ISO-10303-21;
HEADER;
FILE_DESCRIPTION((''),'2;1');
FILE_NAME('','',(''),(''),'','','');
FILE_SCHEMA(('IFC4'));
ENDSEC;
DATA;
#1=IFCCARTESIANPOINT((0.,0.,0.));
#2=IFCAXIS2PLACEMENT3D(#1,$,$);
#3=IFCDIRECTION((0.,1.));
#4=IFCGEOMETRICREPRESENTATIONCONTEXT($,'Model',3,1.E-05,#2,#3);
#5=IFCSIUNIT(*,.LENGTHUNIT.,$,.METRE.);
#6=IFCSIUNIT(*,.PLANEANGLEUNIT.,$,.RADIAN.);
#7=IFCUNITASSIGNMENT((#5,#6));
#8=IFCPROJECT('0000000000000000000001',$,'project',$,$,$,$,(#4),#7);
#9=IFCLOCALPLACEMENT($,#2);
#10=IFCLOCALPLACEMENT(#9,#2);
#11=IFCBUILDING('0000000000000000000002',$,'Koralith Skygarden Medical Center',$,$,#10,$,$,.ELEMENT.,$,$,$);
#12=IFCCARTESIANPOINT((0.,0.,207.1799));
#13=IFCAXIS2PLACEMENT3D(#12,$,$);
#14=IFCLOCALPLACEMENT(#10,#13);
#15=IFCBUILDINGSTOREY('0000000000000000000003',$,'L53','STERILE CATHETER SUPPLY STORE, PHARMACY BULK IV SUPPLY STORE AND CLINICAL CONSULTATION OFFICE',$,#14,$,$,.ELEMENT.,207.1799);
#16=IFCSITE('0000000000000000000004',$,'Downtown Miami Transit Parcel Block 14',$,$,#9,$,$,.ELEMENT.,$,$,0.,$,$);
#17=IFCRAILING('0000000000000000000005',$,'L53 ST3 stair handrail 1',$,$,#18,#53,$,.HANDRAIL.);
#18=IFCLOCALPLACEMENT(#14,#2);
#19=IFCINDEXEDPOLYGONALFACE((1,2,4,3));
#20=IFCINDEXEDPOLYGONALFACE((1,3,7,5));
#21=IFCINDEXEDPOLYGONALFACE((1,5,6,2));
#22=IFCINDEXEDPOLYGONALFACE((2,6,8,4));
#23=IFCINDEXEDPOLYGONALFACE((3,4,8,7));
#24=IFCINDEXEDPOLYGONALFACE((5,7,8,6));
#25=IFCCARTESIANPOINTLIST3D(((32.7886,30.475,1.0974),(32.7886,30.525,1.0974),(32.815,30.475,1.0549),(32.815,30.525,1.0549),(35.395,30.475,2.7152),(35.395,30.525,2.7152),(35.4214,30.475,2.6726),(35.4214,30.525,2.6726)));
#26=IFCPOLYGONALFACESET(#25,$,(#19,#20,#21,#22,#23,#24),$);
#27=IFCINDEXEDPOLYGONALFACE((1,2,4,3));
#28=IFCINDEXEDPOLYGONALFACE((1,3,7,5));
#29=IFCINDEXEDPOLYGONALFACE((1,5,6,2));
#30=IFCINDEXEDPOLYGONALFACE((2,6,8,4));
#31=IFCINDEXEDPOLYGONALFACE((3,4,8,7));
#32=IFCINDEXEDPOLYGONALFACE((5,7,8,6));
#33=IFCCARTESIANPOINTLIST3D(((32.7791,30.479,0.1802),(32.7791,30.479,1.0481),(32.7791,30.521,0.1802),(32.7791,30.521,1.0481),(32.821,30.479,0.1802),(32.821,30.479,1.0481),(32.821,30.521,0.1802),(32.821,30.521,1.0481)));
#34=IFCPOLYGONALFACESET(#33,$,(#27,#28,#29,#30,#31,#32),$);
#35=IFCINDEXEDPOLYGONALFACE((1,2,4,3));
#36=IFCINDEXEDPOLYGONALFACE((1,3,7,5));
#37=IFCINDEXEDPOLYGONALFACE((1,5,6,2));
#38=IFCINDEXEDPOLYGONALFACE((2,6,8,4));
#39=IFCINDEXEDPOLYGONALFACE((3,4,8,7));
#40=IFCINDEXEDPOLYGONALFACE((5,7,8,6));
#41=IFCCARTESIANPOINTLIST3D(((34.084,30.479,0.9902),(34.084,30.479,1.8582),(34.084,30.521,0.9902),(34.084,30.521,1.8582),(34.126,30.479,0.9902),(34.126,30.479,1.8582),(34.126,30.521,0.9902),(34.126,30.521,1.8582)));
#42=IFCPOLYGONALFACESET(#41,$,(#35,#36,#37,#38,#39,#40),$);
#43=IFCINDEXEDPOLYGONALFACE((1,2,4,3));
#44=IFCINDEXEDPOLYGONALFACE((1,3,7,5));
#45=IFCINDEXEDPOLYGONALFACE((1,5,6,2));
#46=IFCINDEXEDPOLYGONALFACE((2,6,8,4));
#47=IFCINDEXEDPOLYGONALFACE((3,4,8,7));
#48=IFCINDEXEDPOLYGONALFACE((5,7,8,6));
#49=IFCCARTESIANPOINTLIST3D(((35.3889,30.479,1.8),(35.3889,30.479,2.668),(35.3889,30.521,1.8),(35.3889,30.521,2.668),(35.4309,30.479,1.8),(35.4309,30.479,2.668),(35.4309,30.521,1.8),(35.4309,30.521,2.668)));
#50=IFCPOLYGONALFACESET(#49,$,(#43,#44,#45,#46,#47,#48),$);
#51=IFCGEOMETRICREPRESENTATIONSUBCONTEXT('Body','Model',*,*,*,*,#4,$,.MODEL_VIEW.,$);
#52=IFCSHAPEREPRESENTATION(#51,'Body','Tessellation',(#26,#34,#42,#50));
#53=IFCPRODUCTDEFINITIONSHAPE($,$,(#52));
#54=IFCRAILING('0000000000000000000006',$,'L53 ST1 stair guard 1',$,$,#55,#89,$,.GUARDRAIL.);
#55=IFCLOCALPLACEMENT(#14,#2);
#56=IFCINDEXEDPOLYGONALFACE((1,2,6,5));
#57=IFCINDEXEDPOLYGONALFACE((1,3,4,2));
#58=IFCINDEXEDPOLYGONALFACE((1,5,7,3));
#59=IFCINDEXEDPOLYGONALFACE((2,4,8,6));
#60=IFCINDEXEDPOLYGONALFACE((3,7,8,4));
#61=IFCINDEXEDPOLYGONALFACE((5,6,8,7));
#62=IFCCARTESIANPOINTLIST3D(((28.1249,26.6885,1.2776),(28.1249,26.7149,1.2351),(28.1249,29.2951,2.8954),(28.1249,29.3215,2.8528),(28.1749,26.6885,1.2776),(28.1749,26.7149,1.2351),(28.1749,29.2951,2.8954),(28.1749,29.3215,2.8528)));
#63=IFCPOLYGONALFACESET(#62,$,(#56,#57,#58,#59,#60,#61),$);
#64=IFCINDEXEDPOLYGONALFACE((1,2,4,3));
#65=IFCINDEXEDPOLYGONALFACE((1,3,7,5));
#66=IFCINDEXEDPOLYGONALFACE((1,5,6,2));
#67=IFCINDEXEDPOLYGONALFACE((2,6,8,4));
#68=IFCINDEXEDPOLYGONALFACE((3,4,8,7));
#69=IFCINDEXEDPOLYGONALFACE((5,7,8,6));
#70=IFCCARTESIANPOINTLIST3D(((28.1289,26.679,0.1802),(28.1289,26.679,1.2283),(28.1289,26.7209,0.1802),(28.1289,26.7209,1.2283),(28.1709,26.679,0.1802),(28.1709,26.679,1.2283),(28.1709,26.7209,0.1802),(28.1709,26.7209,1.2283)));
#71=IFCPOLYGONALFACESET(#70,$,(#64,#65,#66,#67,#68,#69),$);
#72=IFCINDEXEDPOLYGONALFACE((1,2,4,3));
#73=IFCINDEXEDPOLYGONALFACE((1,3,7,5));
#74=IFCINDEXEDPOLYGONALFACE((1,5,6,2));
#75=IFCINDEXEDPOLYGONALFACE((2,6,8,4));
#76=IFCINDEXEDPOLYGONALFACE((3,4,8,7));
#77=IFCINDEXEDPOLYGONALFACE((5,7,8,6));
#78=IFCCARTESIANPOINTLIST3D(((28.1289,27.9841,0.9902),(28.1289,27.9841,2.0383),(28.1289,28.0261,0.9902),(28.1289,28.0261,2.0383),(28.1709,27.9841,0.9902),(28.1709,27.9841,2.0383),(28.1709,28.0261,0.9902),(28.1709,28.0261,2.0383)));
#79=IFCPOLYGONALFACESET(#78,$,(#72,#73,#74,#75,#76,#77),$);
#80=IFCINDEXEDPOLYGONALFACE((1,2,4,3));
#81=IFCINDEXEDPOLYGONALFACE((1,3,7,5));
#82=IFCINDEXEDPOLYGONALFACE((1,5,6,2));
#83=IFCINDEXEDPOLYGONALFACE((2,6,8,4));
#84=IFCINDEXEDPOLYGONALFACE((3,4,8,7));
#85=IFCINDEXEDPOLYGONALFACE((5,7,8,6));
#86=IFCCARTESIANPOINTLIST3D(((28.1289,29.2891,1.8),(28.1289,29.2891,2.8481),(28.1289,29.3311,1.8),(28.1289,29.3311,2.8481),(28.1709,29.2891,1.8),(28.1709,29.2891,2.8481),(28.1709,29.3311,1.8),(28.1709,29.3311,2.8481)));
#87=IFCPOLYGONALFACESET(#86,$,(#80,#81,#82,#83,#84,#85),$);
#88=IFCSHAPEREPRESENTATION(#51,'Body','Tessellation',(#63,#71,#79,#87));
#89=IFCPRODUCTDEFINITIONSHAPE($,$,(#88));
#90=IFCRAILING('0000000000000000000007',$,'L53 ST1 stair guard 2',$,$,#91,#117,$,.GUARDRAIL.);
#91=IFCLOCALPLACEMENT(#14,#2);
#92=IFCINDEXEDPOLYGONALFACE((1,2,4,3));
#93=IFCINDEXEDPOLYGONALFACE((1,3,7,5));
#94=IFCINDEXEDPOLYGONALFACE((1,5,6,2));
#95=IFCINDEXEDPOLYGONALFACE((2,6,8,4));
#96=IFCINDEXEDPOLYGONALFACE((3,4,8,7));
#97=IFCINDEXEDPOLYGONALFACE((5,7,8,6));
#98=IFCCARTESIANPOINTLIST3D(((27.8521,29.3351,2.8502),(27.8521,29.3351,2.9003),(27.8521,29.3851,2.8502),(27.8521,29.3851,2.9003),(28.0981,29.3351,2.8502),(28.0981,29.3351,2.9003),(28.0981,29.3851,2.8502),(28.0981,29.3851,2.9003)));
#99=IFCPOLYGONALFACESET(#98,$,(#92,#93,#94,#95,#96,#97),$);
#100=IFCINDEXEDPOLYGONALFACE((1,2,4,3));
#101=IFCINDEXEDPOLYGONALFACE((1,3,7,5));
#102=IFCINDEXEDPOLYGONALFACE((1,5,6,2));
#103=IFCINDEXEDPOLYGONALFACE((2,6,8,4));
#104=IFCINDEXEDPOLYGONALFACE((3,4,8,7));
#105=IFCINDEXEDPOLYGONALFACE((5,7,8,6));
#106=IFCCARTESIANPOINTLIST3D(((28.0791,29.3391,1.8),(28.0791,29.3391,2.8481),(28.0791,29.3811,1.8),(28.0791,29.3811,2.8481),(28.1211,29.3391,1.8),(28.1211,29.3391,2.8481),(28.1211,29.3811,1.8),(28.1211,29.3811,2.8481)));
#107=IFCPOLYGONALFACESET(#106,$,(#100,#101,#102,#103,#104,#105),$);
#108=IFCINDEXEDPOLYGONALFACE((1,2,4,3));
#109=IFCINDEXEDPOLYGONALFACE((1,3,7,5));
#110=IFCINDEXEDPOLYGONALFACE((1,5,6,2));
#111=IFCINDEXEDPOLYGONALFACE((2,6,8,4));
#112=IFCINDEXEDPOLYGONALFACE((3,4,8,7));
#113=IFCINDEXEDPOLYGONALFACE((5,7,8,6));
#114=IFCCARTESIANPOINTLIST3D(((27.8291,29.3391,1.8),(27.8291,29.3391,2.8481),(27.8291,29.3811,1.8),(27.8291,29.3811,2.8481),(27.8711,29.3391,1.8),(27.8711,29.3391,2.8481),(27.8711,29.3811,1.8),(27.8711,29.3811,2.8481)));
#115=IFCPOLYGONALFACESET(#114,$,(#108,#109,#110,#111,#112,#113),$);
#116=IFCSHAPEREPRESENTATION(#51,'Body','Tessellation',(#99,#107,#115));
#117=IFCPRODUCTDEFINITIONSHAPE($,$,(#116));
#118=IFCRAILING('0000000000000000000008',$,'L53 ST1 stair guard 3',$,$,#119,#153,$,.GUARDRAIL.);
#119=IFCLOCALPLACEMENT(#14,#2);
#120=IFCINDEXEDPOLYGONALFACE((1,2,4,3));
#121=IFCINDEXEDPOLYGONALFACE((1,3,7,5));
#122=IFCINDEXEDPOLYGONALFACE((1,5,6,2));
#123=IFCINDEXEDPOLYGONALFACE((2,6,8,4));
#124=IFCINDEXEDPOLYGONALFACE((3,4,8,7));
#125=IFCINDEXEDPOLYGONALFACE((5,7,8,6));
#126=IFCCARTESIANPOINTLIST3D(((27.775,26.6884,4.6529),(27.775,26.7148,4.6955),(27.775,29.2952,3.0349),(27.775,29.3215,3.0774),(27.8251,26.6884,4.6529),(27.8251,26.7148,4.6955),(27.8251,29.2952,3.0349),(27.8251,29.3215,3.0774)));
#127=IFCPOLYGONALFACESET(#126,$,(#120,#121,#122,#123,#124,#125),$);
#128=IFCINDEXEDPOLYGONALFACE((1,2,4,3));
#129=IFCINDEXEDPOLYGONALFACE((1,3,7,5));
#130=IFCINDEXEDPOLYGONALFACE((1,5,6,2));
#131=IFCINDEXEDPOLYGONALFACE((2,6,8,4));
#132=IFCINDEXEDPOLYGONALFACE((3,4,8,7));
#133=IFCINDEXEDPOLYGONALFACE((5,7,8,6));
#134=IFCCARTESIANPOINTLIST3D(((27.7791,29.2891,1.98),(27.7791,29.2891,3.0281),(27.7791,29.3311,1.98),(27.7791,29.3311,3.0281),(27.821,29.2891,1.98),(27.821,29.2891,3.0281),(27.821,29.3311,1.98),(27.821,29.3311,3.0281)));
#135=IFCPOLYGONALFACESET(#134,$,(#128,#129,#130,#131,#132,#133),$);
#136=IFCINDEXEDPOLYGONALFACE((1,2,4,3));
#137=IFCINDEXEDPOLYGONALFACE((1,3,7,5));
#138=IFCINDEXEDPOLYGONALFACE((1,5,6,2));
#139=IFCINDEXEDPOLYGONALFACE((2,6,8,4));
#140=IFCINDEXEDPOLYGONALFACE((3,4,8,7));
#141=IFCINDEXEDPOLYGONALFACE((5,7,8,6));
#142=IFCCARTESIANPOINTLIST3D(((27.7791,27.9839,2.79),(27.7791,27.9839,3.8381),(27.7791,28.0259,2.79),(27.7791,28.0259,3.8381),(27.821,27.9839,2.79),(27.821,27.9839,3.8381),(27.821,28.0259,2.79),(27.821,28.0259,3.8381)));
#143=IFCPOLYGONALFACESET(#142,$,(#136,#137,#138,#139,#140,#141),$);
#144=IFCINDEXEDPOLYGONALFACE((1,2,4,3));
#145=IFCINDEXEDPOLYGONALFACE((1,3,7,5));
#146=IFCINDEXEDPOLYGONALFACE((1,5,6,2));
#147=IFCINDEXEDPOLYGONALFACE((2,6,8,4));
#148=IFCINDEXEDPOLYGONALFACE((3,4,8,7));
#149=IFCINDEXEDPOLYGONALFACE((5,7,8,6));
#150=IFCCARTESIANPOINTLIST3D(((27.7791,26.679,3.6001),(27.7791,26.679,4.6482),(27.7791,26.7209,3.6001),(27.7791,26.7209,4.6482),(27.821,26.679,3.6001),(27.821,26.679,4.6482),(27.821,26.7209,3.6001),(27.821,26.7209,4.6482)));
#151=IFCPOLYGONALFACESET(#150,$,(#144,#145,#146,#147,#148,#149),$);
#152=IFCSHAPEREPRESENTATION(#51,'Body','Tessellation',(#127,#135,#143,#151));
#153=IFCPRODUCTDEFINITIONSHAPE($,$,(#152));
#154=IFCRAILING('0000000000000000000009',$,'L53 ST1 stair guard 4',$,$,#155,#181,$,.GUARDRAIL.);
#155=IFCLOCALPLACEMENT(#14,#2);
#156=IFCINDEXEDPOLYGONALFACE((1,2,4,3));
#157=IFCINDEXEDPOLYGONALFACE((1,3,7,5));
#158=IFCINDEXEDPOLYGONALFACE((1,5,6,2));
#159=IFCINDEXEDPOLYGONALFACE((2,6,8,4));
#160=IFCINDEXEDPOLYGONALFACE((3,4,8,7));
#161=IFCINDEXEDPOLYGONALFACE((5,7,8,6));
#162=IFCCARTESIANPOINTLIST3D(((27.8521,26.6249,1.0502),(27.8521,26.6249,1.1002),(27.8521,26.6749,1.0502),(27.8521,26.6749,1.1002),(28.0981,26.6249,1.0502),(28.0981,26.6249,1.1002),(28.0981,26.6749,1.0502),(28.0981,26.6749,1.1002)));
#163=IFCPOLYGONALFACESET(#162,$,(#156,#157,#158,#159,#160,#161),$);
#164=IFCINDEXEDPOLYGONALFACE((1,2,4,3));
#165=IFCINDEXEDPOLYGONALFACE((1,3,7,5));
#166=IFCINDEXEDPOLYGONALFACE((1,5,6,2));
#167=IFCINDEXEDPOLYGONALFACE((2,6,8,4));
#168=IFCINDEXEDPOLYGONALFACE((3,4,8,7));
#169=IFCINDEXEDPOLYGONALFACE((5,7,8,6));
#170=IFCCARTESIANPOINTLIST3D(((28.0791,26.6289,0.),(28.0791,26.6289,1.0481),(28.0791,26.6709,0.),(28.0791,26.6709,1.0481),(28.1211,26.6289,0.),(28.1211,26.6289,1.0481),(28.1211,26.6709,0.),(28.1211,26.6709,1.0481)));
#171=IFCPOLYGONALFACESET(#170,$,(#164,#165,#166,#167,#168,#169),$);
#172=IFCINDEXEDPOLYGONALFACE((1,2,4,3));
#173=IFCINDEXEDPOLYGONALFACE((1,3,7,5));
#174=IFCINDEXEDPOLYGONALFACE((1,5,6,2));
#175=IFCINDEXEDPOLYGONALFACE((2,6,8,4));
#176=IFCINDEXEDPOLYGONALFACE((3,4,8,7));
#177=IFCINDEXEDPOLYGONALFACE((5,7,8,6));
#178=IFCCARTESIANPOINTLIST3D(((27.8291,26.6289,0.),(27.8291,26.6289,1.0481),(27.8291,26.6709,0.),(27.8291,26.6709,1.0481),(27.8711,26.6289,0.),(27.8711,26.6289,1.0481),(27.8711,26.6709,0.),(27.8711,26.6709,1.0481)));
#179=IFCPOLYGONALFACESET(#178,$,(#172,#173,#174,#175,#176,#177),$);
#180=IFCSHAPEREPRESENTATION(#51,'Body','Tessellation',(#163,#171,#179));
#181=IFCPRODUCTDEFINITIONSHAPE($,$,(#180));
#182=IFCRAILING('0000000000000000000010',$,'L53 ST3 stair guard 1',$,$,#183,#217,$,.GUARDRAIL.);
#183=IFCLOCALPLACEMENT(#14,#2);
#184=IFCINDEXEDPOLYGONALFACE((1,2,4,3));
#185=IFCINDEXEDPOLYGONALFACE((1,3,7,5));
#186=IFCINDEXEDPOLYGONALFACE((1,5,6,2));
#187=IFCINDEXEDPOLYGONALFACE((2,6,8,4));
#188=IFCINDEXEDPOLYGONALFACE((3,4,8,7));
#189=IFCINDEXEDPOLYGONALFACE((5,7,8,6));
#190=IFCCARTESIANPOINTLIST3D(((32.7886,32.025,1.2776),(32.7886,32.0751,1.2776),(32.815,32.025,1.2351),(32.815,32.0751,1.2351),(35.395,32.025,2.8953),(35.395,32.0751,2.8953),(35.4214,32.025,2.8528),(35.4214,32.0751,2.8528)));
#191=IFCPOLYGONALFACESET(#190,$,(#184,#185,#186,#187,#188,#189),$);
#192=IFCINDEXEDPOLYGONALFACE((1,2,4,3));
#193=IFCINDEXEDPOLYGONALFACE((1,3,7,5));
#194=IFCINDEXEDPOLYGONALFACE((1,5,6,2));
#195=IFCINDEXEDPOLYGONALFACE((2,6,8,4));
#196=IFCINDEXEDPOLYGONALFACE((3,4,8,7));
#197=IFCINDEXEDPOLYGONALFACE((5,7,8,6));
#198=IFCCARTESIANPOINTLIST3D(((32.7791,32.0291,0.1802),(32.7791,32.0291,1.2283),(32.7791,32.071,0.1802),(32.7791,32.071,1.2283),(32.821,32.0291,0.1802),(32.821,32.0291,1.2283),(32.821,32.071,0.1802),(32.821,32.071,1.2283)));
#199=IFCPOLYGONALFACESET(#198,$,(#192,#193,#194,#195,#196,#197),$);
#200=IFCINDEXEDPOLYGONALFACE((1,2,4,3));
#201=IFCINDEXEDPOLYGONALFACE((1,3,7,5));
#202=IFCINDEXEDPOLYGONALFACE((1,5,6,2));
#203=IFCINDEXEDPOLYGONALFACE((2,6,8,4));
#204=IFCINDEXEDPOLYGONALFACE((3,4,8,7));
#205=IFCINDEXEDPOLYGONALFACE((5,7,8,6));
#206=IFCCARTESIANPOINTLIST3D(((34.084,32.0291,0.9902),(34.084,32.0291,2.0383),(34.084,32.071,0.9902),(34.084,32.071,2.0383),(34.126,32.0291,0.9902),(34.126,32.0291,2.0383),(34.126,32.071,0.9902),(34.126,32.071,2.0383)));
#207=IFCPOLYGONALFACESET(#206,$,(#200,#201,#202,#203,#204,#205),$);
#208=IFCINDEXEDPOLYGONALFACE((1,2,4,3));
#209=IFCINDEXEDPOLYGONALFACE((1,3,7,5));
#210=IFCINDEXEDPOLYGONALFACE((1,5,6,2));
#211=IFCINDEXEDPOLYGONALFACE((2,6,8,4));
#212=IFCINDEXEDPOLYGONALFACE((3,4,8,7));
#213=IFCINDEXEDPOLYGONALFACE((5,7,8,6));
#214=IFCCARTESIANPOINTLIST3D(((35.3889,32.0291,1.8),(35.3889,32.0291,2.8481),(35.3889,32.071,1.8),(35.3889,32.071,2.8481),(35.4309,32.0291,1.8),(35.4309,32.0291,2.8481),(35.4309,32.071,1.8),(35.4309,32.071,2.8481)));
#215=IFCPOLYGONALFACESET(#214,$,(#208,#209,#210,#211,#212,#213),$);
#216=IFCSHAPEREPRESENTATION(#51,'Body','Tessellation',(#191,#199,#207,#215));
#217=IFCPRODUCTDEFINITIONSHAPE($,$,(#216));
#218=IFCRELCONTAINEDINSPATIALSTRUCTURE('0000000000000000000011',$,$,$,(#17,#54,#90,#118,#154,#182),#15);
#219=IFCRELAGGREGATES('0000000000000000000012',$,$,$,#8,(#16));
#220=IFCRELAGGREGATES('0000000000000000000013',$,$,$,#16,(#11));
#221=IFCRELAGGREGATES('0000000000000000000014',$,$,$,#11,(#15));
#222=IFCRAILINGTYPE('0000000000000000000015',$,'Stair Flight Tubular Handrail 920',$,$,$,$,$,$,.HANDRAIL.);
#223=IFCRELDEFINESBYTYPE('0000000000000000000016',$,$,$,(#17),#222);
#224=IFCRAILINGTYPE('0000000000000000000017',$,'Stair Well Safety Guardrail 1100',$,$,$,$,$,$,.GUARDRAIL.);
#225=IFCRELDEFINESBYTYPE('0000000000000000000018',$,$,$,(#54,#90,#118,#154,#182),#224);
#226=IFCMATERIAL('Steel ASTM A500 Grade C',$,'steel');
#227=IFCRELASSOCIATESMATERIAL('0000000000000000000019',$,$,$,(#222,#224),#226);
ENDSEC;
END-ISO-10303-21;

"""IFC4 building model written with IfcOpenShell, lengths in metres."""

from ifc_helpers import new_model, si_unit, direction, frame, origin, origin_2d, place, context, subcontext, project, spatial, rectangle, extrude, material, type_object, element, save


model = new_model("IFC4")

# Units and contexts
model_context = context("Model", 3, precision=1e-05, world=origin(), true_north=direction((0.0, 1.0)))
body_context = subcontext(model_context, "Body", "Model", "MODEL_VIEW")
ifc_project = project(units=[si_unit("LENGTHUNIT", "METRE"), si_unit("PLANEANGLEUNIT", "RADIAN")], contexts=[model_context])

# Site, building, storey
site_placement = place(None, origin())
site = spatial("IfcSite", under=ifc_project, at=site_placement, Name="Downtown Miami Transit Parcel Block 14", CompositionType="ELEMENT", RefElevation=0.0)
building_placement = place(site_placement, origin())
building = spatial("IfcBuilding", under=site, at=building_placement, Name="Koralith Skygarden Medical Center", CompositionType="ELEMENT")
storey_placement = place(building_placement, frame((0.0, 0.0, 207.1799)))
storey = spatial("IfcBuildingStorey", under=building, at=storey_placement, Name="L53", Description="STERILE CATHETER SUPPLY STORE, PHARMACY BULK IV SUPPLY STORE AND CLINICAL CONSULTATION OFFICE", CompositionType="ELEMENT", Elevation=207.1799)

# Railings
ifc_material_1 = material(Name="Steel ASTM A500 Grade C", Category="steel")
railing_type_1 = type_object("IfcRailingType", Name="Stair Flight Tubular Handrail 920", PredefinedType="HANDRAIL", material=ifc_material_1)
railing_1_placement = place(storey_placement, frame((32.8, 30.5, 0.1802)))
element("IfcRailing", 1, at=railing_1_placement, inside=storey, type_object=railing_type_1, Name="L53 ST3 stair handrail 1", PredefinedType="HANDRAIL", context=body_context, shape_type="SweptSolid", body=[
    extrude(rectangle(XDim=0.05, YDim=0.05, at=origin_2d()), frame((0.0017, 0.0, 0.896), z_axis=(0.849646, 0.0, 0.527353), x_axis=(0.0, 1.0, 0.0)), (0.0, 0.0, 1.0), 3.0676),
    extrude(rectangle(XDim=0.042, YDim=0.042, at=origin_2d()), origin(), (0.0, 0.0, 1.0), 0.8679),
    extrude(rectangle(XDim=0.042, YDim=0.042, at=origin_2d()), frame((1.3049, 0.0, 0.8101)), (0.0, 0.0, 1.0), 0.8679),
    extrude(rectangle(XDim=0.042, YDim=0.042, at=origin_2d()), frame((2.6099, 0.0, 1.6199)), (0.0, 0.0, 1.0), 0.8679),
])
railing_type_2 = type_object("IfcRailingType", Name="Stair Well Safety Guardrail 1100", PredefinedType="GUARDRAIL", material=ifc_material_1)
railing_2_placement = place(storey_placement, frame((28.1499, 26.7, 0.1802)))
element("IfcRailing", 2, at=railing_2_placement, inside=storey, type_object=railing_type_2, Name="L53 ST1 stair guard 1", PredefinedType="GUARDRAIL", context=body_context, shape_type="SweptSolid", body=[
    extrude(rectangle(XDim=0.05, YDim=0.05, at=origin_2d()), frame((0.0, 0.0017, 1.0762), z_axis=(0.0, 0.849668, 0.527317), x_axis=(-1.0, 0.0, 0.0)), (0.0, 0.0, 1.0), 3.0679),
    extrude(rectangle(XDim=0.042, YDim=0.042, at=origin_2d()), origin(), (0.0, 0.0, 1.0), 1.0481),
    extrude(rectangle(XDim=0.042, YDim=0.042, at=origin_2d()), frame((0.0, 1.3052, 0.8101)), (0.0, 0.0, 1.0), 1.0481),
    extrude(rectangle(XDim=0.042, YDim=0.042, at=origin_2d()), frame((0.0, 2.6101, 1.6199)), (0.0, 0.0, 1.0), 1.0481),
])
railing_3_placement = place(storey_placement, frame((28.1001, 29.3601, 1.8)))
element("IfcRailing", 3, at=railing_3_placement, inside=storey, type_object=railing_type_2, Name="L53 ST1 stair guard 2", PredefinedType="GUARDRAIL", context=body_context, shape_type="SweptSolid", body=[
    extrude(rectangle(XDim=0.05, YDim=0.05, at=origin_2d()), frame((-0.002, 0.0, 1.0752), z_axis=(-1.0, 0.0, 0.0), x_axis=(0.0, -1.0, 0.0)), (0.0, 0.0, 1.0), 0.2461),
    extrude(rectangle(XDim=0.042, YDim=0.042, at=origin_2d()), origin(), (0.0, 0.0, 1.0), 1.0481),
    extrude(rectangle(XDim=0.042, YDim=0.042, at=origin_2d()), frame((-0.25, 0.0, 0.0)), (0.0, 0.0, 1.0), 1.0481),
])
railing_4_placement = place(storey_placement, frame((27.8, 29.3101, 1.98)))
element("IfcRailing", 4, at=railing_4_placement, inside=storey, type_object=railing_type_2, Name="L53 ST1 stair guard 3", PredefinedType="GUARDRAIL", context=body_context, shape_type="SweptSolid", body=[
    extrude(rectangle(XDim=0.05, YDim=0.05, at=origin_2d()), frame((0.0, -0.0017, 1.0762), z_axis=(0.0, -0.849633, 0.527375), x_axis=(1.0, 0.0, 0.0)), (0.0, 0.0, 1.0), 3.0681),
    extrude(rectangle(XDim=0.042, YDim=0.042, at=origin_2d()), origin(), (0.0, 0.0, 1.0), 1.0481),
    extrude(rectangle(XDim=0.042, YDim=0.042, at=origin_2d()), frame((0.0, -1.3052, 0.8101)), (0.0, 0.0, 1.0), 1.0481),
    extrude(rectangle(XDim=0.042, YDim=0.042, at=origin_2d()), frame((0.0, -2.6101, 1.6201)), (0.0, 0.0, 1.0), 1.0481),
])
railing_5_placement = place(storey_placement, frame((28.1001, 26.6499, 0.0)))
element("IfcRailing", 5, at=railing_5_placement, inside=storey, type_object=railing_type_2, Name="L53 ST1 stair guard 4", PredefinedType="GUARDRAIL", context=body_context, shape_type="SweptSolid", body=[
    extrude(rectangle(XDim=0.05, YDim=0.05, at=origin_2d()), frame((-0.002, 0.0, 1.0752), z_axis=(-1.0, 0.0, 0.0), x_axis=(0.0, -1.0, 0.0)), (0.0, 0.0, 1.0), 0.2461),
    extrude(rectangle(XDim=0.042, YDim=0.042, at=origin_2d()), origin(), (0.0, 0.0, 1.0), 1.0481),
    extrude(rectangle(XDim=0.042, YDim=0.042, at=origin_2d()), frame((-0.25, 0.0, 0.0)), (0.0, 0.0, 1.0), 1.0481),
])
railing_6_placement = place(storey_placement, frame((32.8, 32.05, 0.1802)))
element("IfcRailing", 6, at=railing_6_placement, inside=storey, type_object=railing_type_2, Name="L53 ST3 stair guard 1", PredefinedType="GUARDRAIL", context=body_context, shape_type="SweptSolid", body=[
    extrude(rectangle(XDim=0.05, YDim=0.05, at=origin_2d()), frame((0.0017, 0.0, 1.0762), z_axis=(0.849646, 0.0, 0.527353), x_axis=(0.0, 1.0, 0.0)), (0.0, 0.0, 1.0), 3.0676),
    extrude(rectangle(XDim=0.042, YDim=0.042, at=origin_2d()), origin(), (0.0, 0.0, 1.0), 1.0481),
    extrude(rectangle(XDim=0.042, YDim=0.042, at=origin_2d()), frame((1.3049, 0.0, 0.8101)), (0.0, 0.0, 1.0), 1.0481),
    extrude(rectangle(XDim=0.042, YDim=0.042, at=origin_2d()), frame((2.6099, 0.0, 1.6199)), (0.0, 0.0, 1.0), 1.0481),
])

save(model, "model.ifc")
